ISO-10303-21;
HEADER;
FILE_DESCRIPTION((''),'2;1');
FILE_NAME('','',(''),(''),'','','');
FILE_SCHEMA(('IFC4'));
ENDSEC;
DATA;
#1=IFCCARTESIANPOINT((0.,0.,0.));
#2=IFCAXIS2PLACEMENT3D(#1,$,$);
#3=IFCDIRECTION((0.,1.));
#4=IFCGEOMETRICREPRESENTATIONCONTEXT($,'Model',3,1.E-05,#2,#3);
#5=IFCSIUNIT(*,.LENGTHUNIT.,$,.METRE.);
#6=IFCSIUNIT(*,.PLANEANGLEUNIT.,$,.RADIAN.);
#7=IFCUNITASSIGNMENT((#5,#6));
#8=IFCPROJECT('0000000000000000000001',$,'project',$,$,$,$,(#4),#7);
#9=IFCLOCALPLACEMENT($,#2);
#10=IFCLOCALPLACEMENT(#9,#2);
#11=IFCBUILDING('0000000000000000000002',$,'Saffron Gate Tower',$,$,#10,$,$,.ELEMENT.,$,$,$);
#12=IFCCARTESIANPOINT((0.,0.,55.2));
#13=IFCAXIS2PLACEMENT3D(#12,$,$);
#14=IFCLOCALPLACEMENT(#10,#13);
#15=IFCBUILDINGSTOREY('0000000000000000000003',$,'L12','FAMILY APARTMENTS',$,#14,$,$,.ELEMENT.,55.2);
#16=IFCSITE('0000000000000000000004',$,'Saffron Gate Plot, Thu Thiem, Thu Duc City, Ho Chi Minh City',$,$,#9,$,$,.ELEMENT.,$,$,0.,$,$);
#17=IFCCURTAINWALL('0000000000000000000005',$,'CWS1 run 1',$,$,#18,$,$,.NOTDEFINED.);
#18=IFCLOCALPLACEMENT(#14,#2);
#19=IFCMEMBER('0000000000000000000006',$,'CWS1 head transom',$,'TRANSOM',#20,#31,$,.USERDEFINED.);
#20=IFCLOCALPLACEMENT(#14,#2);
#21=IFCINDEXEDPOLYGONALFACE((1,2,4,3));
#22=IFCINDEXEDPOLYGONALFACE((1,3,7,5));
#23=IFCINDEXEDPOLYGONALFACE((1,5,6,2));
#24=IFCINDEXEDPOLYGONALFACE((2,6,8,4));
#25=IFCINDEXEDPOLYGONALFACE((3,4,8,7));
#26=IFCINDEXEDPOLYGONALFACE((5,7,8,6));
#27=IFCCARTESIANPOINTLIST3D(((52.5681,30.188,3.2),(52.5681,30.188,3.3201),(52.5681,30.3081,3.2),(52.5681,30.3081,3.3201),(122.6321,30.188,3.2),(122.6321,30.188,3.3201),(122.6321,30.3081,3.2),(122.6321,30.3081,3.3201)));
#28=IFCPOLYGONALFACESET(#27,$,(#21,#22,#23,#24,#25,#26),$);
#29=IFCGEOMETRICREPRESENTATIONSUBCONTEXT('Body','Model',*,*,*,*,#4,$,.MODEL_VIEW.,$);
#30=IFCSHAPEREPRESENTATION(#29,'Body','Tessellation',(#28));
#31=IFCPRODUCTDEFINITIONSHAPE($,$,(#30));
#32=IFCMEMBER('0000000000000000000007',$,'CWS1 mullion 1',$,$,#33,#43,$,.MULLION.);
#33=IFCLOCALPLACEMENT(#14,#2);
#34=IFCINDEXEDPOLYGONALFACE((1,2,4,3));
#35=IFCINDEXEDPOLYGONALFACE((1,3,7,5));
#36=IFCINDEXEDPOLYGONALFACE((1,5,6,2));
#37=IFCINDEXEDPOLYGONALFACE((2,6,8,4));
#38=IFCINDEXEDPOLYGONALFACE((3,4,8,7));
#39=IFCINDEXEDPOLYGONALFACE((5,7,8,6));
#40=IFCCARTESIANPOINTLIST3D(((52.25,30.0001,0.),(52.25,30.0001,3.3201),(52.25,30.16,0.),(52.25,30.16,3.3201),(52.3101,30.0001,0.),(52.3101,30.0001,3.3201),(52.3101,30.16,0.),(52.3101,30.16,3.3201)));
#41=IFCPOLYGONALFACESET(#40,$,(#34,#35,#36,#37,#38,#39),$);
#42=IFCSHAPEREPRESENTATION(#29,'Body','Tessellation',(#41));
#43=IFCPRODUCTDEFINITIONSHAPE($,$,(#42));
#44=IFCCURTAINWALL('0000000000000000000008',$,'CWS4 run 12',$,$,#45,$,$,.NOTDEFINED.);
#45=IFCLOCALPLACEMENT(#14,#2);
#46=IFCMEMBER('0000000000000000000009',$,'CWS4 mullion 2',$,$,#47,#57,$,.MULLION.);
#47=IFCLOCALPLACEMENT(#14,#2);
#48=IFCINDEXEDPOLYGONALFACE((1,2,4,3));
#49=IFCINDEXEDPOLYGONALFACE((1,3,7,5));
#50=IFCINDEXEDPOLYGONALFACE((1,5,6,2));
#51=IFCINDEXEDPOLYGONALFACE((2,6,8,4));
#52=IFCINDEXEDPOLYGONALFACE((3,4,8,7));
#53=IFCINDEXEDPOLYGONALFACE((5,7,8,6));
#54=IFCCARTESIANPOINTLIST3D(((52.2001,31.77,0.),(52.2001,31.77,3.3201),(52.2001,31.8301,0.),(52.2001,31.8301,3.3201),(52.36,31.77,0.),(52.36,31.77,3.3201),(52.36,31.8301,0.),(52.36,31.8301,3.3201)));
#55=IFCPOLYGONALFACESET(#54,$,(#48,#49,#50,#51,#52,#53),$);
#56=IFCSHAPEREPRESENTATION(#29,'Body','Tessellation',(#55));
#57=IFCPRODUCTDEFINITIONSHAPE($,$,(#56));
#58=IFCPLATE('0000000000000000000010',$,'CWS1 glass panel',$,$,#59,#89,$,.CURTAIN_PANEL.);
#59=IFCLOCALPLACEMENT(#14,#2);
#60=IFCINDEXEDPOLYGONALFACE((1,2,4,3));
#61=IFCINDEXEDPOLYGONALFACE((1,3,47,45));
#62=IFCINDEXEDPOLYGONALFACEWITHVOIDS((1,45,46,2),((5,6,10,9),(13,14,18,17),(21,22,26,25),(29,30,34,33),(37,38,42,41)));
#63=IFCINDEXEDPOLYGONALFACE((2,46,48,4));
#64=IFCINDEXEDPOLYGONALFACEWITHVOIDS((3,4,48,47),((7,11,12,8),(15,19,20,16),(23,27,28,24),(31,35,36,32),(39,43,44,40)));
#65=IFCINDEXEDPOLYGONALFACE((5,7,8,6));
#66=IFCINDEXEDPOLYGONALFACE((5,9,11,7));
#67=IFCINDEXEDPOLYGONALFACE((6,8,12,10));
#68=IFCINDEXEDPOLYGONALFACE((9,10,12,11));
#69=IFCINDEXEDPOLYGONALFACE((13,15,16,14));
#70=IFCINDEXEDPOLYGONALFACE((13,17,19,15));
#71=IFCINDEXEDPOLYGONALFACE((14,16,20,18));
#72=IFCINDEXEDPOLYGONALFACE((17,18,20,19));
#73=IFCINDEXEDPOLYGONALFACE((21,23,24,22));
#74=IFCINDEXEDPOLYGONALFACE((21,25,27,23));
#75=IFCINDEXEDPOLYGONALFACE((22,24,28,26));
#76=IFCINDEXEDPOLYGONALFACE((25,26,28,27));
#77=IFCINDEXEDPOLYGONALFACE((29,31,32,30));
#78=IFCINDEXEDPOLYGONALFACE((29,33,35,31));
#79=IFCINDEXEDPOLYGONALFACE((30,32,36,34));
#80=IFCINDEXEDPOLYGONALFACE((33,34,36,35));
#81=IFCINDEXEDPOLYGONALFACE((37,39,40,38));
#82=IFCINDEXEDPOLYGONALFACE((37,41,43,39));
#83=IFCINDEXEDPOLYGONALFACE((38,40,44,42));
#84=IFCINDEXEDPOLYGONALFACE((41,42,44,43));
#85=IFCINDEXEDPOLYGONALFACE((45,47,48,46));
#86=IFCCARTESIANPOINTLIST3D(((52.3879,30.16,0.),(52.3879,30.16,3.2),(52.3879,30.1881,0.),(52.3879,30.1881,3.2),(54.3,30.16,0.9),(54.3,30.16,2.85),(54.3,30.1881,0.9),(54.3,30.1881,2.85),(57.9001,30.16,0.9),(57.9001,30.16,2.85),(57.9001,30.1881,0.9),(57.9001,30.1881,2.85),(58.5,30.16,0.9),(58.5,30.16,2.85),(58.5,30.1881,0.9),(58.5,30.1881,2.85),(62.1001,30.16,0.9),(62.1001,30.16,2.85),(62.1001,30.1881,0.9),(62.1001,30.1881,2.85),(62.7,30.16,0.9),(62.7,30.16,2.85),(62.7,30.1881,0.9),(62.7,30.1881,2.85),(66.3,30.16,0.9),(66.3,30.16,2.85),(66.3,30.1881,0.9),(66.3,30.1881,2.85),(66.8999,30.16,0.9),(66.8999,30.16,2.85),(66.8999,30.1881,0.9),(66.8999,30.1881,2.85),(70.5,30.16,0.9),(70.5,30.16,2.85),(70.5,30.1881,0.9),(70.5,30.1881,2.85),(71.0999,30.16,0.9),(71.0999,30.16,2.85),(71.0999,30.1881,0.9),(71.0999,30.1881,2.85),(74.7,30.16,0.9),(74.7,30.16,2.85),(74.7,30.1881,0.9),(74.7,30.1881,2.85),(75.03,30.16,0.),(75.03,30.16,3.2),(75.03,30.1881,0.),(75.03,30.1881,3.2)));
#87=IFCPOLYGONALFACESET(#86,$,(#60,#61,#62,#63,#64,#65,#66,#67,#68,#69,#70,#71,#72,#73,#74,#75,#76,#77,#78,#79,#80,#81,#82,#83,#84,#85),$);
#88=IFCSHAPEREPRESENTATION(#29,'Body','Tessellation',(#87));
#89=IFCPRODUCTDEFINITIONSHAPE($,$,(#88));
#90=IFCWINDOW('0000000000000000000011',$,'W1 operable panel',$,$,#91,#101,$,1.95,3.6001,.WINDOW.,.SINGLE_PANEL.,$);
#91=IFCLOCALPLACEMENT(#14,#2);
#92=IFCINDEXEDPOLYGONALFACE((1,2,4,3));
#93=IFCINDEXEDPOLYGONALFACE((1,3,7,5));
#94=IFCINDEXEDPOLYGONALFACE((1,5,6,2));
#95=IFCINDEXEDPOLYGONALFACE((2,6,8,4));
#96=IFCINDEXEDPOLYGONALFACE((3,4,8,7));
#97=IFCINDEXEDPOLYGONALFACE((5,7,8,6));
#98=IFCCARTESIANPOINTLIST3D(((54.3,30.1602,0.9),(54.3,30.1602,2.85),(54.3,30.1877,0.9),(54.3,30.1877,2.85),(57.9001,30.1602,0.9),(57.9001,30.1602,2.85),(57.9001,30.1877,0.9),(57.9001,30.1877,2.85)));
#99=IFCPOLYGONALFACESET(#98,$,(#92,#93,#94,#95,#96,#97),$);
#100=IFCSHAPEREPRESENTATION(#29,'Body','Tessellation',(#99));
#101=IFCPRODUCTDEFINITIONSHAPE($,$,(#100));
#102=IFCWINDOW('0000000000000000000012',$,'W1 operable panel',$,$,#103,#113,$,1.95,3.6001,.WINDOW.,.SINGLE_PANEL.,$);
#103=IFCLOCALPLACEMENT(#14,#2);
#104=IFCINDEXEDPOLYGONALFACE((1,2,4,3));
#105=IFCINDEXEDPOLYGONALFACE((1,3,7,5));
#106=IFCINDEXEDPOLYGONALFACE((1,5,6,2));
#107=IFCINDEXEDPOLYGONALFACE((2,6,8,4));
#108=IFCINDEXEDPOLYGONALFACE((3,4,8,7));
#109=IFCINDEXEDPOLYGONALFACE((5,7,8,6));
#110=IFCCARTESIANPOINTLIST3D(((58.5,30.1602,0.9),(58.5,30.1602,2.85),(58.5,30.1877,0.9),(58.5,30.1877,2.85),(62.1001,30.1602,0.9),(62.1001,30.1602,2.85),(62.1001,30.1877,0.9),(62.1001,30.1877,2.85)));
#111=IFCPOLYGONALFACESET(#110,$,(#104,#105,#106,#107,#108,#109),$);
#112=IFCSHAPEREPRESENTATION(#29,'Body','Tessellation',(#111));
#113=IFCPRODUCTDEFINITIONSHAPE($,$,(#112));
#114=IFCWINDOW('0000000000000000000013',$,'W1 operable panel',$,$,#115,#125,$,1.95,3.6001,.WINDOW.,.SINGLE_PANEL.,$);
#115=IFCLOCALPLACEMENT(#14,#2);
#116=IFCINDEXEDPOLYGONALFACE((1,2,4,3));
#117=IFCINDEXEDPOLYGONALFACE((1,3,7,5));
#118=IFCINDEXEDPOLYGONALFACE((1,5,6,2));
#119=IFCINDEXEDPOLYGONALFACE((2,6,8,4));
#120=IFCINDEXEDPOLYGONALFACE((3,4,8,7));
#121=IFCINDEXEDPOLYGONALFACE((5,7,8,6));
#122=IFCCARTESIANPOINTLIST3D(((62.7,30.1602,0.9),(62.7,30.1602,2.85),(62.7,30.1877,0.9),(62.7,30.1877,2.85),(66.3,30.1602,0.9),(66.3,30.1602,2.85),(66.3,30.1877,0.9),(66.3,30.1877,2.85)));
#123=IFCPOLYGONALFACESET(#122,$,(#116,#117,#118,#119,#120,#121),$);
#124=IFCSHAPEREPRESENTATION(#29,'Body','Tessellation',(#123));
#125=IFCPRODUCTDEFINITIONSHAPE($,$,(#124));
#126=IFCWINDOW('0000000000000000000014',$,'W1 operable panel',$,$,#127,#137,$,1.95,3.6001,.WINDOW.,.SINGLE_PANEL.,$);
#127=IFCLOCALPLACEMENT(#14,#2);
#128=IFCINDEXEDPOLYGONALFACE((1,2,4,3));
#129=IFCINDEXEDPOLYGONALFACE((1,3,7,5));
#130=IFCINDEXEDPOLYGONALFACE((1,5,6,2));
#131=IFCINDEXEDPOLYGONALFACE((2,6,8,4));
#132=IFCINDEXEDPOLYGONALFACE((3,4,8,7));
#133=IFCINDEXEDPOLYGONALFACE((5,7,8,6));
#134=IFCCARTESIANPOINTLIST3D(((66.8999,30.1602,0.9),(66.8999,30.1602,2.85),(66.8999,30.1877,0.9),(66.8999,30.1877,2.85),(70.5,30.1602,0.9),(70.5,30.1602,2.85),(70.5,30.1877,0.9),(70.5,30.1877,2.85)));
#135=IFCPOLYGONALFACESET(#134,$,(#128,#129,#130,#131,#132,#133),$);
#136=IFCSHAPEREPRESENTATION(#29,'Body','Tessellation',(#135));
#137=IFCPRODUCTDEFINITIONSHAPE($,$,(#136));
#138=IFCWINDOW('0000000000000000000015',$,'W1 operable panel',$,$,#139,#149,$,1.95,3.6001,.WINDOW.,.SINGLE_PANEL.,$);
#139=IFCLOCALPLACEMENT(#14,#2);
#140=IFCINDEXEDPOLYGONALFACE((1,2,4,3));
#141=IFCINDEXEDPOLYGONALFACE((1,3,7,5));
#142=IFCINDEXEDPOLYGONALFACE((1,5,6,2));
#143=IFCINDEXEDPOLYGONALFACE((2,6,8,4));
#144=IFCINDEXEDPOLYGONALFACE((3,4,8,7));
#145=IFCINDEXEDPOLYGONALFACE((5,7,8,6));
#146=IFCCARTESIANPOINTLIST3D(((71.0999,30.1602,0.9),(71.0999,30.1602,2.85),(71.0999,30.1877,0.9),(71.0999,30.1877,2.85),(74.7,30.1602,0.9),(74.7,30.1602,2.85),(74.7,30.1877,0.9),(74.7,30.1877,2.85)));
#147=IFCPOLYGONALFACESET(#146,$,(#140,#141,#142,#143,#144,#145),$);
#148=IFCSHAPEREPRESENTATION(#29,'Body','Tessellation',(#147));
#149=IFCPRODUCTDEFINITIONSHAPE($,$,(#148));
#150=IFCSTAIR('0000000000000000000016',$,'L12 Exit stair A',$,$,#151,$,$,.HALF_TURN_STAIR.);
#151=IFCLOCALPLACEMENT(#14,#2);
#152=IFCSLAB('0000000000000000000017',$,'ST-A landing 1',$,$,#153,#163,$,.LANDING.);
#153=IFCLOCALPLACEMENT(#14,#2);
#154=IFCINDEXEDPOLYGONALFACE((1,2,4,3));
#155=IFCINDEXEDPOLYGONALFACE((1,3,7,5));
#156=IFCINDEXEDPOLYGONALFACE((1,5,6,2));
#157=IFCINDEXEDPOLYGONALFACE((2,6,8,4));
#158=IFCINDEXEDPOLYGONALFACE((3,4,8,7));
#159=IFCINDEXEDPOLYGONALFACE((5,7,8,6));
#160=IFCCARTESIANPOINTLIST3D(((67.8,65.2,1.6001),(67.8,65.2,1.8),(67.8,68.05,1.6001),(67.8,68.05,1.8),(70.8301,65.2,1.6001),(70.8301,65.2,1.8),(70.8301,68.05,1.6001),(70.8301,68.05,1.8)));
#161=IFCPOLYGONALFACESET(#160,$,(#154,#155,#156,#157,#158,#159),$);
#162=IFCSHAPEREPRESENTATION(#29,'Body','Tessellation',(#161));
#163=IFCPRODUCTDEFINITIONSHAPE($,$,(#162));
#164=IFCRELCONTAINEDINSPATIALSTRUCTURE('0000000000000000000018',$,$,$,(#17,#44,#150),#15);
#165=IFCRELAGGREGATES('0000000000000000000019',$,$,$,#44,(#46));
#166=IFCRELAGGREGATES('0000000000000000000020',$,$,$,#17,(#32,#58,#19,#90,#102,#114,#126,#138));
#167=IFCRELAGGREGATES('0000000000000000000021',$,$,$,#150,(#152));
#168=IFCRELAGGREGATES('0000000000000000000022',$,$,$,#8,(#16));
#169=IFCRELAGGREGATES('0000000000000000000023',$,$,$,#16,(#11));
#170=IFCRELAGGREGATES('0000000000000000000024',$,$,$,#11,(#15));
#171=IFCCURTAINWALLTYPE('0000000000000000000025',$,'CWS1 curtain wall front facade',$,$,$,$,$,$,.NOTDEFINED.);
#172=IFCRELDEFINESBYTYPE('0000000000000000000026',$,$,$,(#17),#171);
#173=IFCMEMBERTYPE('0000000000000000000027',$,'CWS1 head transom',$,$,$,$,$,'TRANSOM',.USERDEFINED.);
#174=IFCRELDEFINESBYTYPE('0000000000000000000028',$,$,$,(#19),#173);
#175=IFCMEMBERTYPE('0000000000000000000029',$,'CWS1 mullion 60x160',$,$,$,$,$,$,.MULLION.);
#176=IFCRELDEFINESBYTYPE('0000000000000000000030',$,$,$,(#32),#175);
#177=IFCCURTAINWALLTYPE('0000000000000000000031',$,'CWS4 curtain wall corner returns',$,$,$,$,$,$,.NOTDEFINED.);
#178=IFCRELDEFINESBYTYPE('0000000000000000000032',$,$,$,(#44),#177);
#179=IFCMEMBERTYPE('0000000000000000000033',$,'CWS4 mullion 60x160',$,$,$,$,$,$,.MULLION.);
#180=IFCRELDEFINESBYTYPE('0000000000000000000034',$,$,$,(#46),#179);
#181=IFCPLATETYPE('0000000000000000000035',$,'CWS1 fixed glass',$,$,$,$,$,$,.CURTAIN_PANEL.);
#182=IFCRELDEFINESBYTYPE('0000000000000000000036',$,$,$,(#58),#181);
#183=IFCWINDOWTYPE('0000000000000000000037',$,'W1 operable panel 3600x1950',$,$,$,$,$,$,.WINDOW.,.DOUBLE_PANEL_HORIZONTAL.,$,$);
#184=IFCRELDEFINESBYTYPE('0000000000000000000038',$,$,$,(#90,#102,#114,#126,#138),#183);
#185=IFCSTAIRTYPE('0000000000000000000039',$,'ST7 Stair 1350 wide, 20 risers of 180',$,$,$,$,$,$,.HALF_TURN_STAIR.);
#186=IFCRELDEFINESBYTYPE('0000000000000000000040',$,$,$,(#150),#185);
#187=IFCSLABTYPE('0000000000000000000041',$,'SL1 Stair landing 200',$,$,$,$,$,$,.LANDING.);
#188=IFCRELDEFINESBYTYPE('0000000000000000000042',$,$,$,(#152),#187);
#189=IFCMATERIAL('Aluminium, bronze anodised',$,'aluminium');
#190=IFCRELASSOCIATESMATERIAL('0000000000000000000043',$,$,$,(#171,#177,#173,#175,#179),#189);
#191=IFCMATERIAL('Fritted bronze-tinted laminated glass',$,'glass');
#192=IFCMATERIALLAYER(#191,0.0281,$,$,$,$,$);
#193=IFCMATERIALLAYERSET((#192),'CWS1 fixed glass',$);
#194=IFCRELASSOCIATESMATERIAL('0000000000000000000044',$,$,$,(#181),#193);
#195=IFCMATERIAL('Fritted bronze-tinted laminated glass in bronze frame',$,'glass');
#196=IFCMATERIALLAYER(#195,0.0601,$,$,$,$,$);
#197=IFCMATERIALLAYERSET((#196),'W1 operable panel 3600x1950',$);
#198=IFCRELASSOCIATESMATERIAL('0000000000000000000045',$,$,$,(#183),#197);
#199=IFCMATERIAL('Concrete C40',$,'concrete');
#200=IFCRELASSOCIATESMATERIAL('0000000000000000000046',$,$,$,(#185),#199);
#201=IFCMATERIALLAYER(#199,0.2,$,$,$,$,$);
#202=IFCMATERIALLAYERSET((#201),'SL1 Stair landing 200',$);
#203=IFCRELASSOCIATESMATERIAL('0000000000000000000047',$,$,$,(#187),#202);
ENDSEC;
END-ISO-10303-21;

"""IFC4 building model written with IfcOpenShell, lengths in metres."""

from ifc_helpers import new_model, si_unit, direction, frame, frame_2d, origin, origin_2d, place, context, subcontext, project, spatial, polyline, rectangle, outline, extrude, material, layer, layer_set, material_profile, profile_set, type_object, element, fill, aggregate, save


model = new_model("IFC4")

# Units and contexts
model_context = context("Model", 3, precision=1e-05, world=origin(), true_north=direction((0.0, 1.0)))
body_context = subcontext(model_context, "Body", "Model", "MODEL_VIEW")
ifc_project = project(units=[si_unit("LENGTHUNIT", "METRE"), si_unit("PLANEANGLEUNIT", "RADIAN")], contexts=[model_context])

# Site, building, storey
site_placement = place(None, origin())
site = spatial("IfcSite", under=ifc_project, at=site_placement, Name="Saffron Gate Plot, Thu Thiem, Thu Duc City, Ho Chi Minh City", CompositionType="ELEMENT", RefElevation=0.0)
building_placement = place(site_placement, origin())
building = spatial("IfcBuilding", under=site, at=building_placement, Name="Saffron Gate Tower", CompositionType="ELEMENT")
storey_placement = place(building_placement, frame((0.0, 0.0, 55.2)))
storey = spatial("IfcBuildingStorey", under=building, at=storey_placement, Name="L12", Description="FAMILY APARTMENTS", CompositionType="ELEMENT", Elevation=55.2)

# Curtain wall, members
ifc_material_1 = material(Name="Aluminium, bronze anodised", Category="aluminium")
curtain_wall_type_1 = type_object("IfcCurtainWallType", Name="CWS1 curtain wall front facade", PredefinedType="NOTDEFINED", material=ifc_material_1)
curtain_wall_1_placement = place(storey_placement, origin())
curtain_wall_1 = element("IfcCurtainWall", 1, at=curtain_wall_1_placement, inside=storey, type_object=curtain_wall_type_1, Name="CWS1 run 1", PredefinedType="NOTDEFINED")
ifc_material_profile_1 = material_profile(ifc_material_1, rectangle(XDim=0.1201, YDim=0.1201, at=origin_2d()))
ifc_profile_set_1 = profile_set([ifc_material_profile_1], Name="Aluminium, bronze anodised")
member_type_1 = type_object("IfcMemberType", Name="CWS1 head transom", ElementType="TRANSOM", PredefinedType="USERDEFINED", material=ifc_profile_set_1)
member_1_placement = place(storey_placement, frame((52.5681, 30.248, 3.26), z_axis=(1.0, 0.0, 0.0), x_axis=(0.0, 1.0, 0.0)))
member_1 = element("IfcMember", 2, at=member_1_placement, type_object=member_type_1, Name="CWS1 head transom", ObjectType="TRANSOM", PredefinedType="USERDEFINED", context=body_context, shape_type="SweptSolid", body=[
    extrude(rectangle(XDim=0.1201, YDim=0.1201, at=origin_2d()), origin(), (0.0, 0.0, 1.0), 70.064),
])
ifc_material_profile_2 = material_profile(ifc_material_1, rectangle(XDim=0.1599, YDim=0.0601, at=origin_2d()))
ifc_profile_set_2 = profile_set([ifc_material_profile_2], Name="Aluminium, bronze anodised")
member_type_2 = type_object("IfcMemberType", Name="CWS1 mullion 60x160", PredefinedType="MULLION", material=ifc_profile_set_2)
member_2_placement = place(storey_placement, frame((52.28, 30.0801, 0.0), z_axis=(0.0, 0.0, 1.0), x_axis=(0.0, 1.0, 0.0)))
member_2 = element("IfcMember", 3, at=member_2_placement, type_object=member_type_2, Name="CWS1 mullion 1", PredefinedType="MULLION", context=body_context, shape_type="SweptSolid", body=[
    extrude(rectangle(XDim=0.1599, YDim=0.0601, at=origin_2d()), origin(), (0.0, 0.0, 1.0), 3.3201),
])

# Curtain wall, member
curtain_wall_type_2 = type_object("IfcCurtainWallType", Name="CWS4 curtain wall corner returns", PredefinedType="NOTDEFINED", material=ifc_material_1)
curtain_wall_2_placement = place(storey_placement, origin())
curtain_wall_2 = element("IfcCurtainWall", 4, at=curtain_wall_2_placement, inside=storey, type_object=curtain_wall_type_2, Name="CWS4 run 12", PredefinedType="NOTDEFINED")
ifc_material_profile_3 = material_profile(ifc_material_1, rectangle(XDim=0.1599, YDim=0.0601, at=origin_2d()))
ifc_profile_set_3 = profile_set([ifc_material_profile_3], Name="Aluminium, bronze anodised")
member_type_3 = type_object("IfcMemberType", Name="CWS4 mullion 60x160", PredefinedType="MULLION", material=ifc_profile_set_3)
member_3_placement = place(storey_placement, frame((52.28, 31.8, 0.0), z_axis=(0.0, 0.0, 1.0), x_axis=(1.0, 0.0, 0.0)))
member_3 = element("IfcMember", 5, at=member_3_placement, type_object=member_type_3, Name="CWS4 mullion 2", PredefinedType="MULLION", context=body_context, shape_type="SweptSolid", body=[
    extrude(rectangle(XDim=0.1599, YDim=0.0601, at=origin_2d()), origin(), (0.0, 0.0, 1.0), 3.3201),
])
aggregate(curtain_wall_2, [member_3])

# Plate, openings, windows
ifc_material_2 = material(Name="Fritted bronze-tinted laminated glass", Category="glass")
ifc_layer_1 = layer(ifc_material_2, 0.0281)
ifc_layer_set_1 = layer_set([ifc_layer_1], Name="CWS1 fixed glass")
plate_type_1 = type_object("IfcPlateType", Name="CWS1 fixed glass", PredefinedType="CURTAIN_PANEL", material=ifc_layer_set_1)
plate_1_placement = place(storey_placement, frame((52.3879, 30.1741, 0.0), z_axis=(0.0, 0.0, 1.0), x_axis=(1.0, 0.0, 0.0)))
plate_1 = element("IfcPlate", 6, at=plate_1_placement, type_object=plate_type_1, Name="CWS1 glass panel", PredefinedType="CURTAIN_PANEL", context=body_context, shape_type="SweptSolid", body=[
    extrude(rectangle(XDim=22.6421, YDim=0.0281, at=frame_2d((11.321, 0.0))), origin(), (0.0, 0.0, 1.0), 3.2),
])
opening_1_placement = place(plate_1_placement, frame((1.9121, 0.0, 0.8999)))
opening_1 = element("IfcOpeningElement", 7, at=opening_1_placement, cuts=plate_1, PredefinedType="OPENING", context=body_context, shape_type="SweptSolid", body=[
    extrude(rectangle(XDim=3.6001, YDim=1.95, at=frame_2d((1.8, 0.9751))), frame((0.0, 0.0239, 0.0), z_axis=(0.0, -1.0, 0.0), x_axis=(1.0, 0.0, 0.0)), (0.0, 0.0, 1.0), 0.0481),
])
opening_2_placement = place(plate_1_placement, frame((6.1121, 0.0, 0.8999)))
opening_2 = element("IfcOpeningElement", 8, at=opening_2_placement, cuts=plate_1, PredefinedType="OPENING", context=body_context, shape_type="SweptSolid", body=[
    extrude(rectangle(XDim=3.6001, YDim=1.95, at=frame_2d((1.8, 0.9751))), frame((0.0, 0.0239, 0.0), z_axis=(0.0, -1.0, 0.0), x_axis=(1.0, 0.0, 0.0)), (0.0, 0.0, 1.0), 0.0481),
])
opening_3_placement = place(plate_1_placement, frame((10.312, 0.0, 0.8999)))
opening_3 = element("IfcOpeningElement", 9, at=opening_3_placement, cuts=plate_1, PredefinedType="OPENING", context=body_context, shape_type="SweptSolid", body=[
    extrude(rectangle(XDim=3.6001, YDim=1.95, at=frame_2d((1.8, 0.9751))), frame((0.0, 0.0239, 0.0), z_axis=(0.0, -1.0, 0.0), x_axis=(1.0, 0.0, 0.0)), (0.0, 0.0, 1.0), 0.0481),
])
opening_4_placement = place(plate_1_placement, frame((14.512, 0.0, 0.8999)))
opening_4 = element("IfcOpeningElement", 10, at=opening_4_placement, cuts=plate_1, PredefinedType="OPENING", context=body_context, shape_type="SweptSolid", body=[
    extrude(rectangle(XDim=3.6001, YDim=1.95, at=frame_2d((1.8, 0.9751))), frame((0.0, 0.0239, 0.0), z_axis=(0.0, -1.0, 0.0), x_axis=(1.0, 0.0, 0.0)), (0.0, 0.0, 1.0), 0.0481),
])
opening_5_placement = place(plate_1_placement, frame((18.7119, 0.0, 0.8999)))
opening_5 = element("IfcOpeningElement", 11, at=opening_5_placement, cuts=plate_1, PredefinedType="OPENING", context=body_context, shape_type="SweptSolid", body=[
    extrude(rectangle(XDim=3.6001, YDim=1.95, at=frame_2d((1.8, 0.9751))), frame((0.0, 0.0239, 0.0), z_axis=(0.0, -1.0, 0.0), x_axis=(1.0, 0.0, 0.0)), (0.0, 0.0, 1.0), 0.0481),
])
ifc_material_3 = material(Name="Fritted bronze-tinted laminated glass in bronze frame", Category="glass")
ifc_layer_2 = layer(ifc_material_3, 0.0601)
ifc_layer_set_2 = layer_set([ifc_layer_2], Name="W1 operable panel 3600x1950")
window_type = type_object("IfcWindowType", Name="W1 operable panel 3600x1950", PartitioningType="DOUBLE_PANEL_HORIZONTAL", PredefinedType="WINDOW", material=ifc_layer_set_2)
window_1_placement = place(opening_1_placement, origin())
window_1 = element("IfcWindow", 12, at=window_1_placement, type_object=window_type, Name="W1 operable panel", OverallHeight=1.95, OverallWidth=3.6001, PartitioningType="SINGLE_PANEL", PredefinedType="WINDOW", context=body_context, shape_type="SweptSolid", body=[
    extrude(rectangle(XDim=3.6001, YDim=1.95, at=frame_2d((1.8, 0.9751))), frame((0.0, 0.0137, 0.0), z_axis=(0.0, -1.0, 0.0), x_axis=(1.0, 0.0, 0.0)), (0.0, 0.0, 1.0), 0.0276),
])
fill(opening_1, window_1)
window_2_placement = place(opening_2_placement, origin())
window_2 = element("IfcWindow", 13, at=window_2_placement, type_object=window_type, Name="W1 operable panel", OverallHeight=1.95, OverallWidth=3.6001, PartitioningType="SINGLE_PANEL", PredefinedType="WINDOW", context=body_context, shape_type="SweptSolid", body=[
    extrude(rectangle(XDim=3.6001, YDim=1.95, at=frame_2d((1.8, 0.9751))), frame((0.0, 0.0137, 0.0), z_axis=(0.0, -1.0, 0.0), x_axis=(1.0, 0.0, 0.0)), (0.0, 0.0, 1.0), 0.0276),
])
fill(opening_2, window_2)
window_3_placement = place(opening_3_placement, origin())
window_3 = element("IfcWindow", 14, at=window_3_placement, type_object=window_type, Name="W1 operable panel", OverallHeight=1.95, OverallWidth=3.6001, PartitioningType="SINGLE_PANEL", PredefinedType="WINDOW", context=body_context, shape_type="SweptSolid", body=[
    extrude(rectangle(XDim=3.6001, YDim=1.95, at=frame_2d((1.8, 0.9751))), frame((0.0, 0.0137, 0.0), z_axis=(0.0, -1.0, 0.0), x_axis=(1.0, 0.0, 0.0)), (0.0, 0.0, 1.0), 0.0276),
])
fill(opening_3, window_3)
window_4_placement = place(opening_4_placement, origin())
window_4 = element("IfcWindow", 15, at=window_4_placement, type_object=window_type, Name="W1 operable panel", OverallHeight=1.95, OverallWidth=3.6001, PartitioningType="SINGLE_PANEL", PredefinedType="WINDOW", context=body_context, shape_type="SweptSolid", body=[
    extrude(rectangle(XDim=3.6001, YDim=1.95, at=frame_2d((1.8, 0.9751))), frame((0.0, 0.0137, 0.0), z_axis=(0.0, -1.0, 0.0), x_axis=(1.0, 0.0, 0.0)), (0.0, 0.0, 1.0), 0.0276),
])
fill(opening_4, window_4)
window_5_placement = place(opening_5_placement, origin())
window_5 = element("IfcWindow", 16, at=window_5_placement, type_object=window_type, Name="W1 operable panel", OverallHeight=1.95, OverallWidth=3.6001, PartitioningType="SINGLE_PANEL", PredefinedType="WINDOW", context=body_context, shape_type="SweptSolid", body=[
    extrude(rectangle(XDim=3.6001, YDim=1.95, at=frame_2d((1.8, 0.9751))), frame((0.0, 0.0137, 0.0), z_axis=(0.0, -1.0, 0.0), x_axis=(1.0, 0.0, 0.0)), (0.0, 0.0, 1.0), 0.0276),
])
fill(opening_5, window_5)
aggregate(curtain_wall_1, [member_2, plate_1, member_1, window_1, window_2, window_3, window_4, window_5])

# Stair, slab
ifc_material_4 = material(Name="Concrete C40", Category="concrete")
stair_type = type_object("IfcStairType", Name="ST7 Stair 1350 wide, 20 risers of 180", PredefinedType="HALF_TURN_STAIR", material=ifc_material_4)
stair_1_placement = place(storey_placement, origin())
stair_1 = element("IfcStair", 17, at=stair_1_placement, inside=storey, type_object=stair_type, Name="L12 Exit stair A", PredefinedType="HALF_TURN_STAIR")
ifc_layer_3 = layer(ifc_material_4, 0.2)
ifc_layer_set_3 = layer_set([ifc_layer_3], Name="SL1 Stair landing 200")
slab_type_1 = type_object("IfcSlabType", Name="SL1 Stair landing 200", PredefinedType="LANDING", material=ifc_layer_set_3)
slab_1_placement = place(storey_placement, frame((0.0, 0.0, 1.6001)))
slab_1 = element("IfcSlab", 18, at=slab_1_placement, type_object=slab_type_1, Name="ST-A landing 1", PredefinedType="LANDING", context=body_context, shape_type="SweptSolid", body=[
    extrude(outline(polyline([(70.8301, 68.05), (67.8, 68.05), (67.8, 65.2), (70.8301, 65.2), (70.8301, 68.05)])), origin(), (0.0, 0.0, 1.0), 0.2),
])
aggregate(stair_1, [slab_1])

save(model, "model.ifc")
